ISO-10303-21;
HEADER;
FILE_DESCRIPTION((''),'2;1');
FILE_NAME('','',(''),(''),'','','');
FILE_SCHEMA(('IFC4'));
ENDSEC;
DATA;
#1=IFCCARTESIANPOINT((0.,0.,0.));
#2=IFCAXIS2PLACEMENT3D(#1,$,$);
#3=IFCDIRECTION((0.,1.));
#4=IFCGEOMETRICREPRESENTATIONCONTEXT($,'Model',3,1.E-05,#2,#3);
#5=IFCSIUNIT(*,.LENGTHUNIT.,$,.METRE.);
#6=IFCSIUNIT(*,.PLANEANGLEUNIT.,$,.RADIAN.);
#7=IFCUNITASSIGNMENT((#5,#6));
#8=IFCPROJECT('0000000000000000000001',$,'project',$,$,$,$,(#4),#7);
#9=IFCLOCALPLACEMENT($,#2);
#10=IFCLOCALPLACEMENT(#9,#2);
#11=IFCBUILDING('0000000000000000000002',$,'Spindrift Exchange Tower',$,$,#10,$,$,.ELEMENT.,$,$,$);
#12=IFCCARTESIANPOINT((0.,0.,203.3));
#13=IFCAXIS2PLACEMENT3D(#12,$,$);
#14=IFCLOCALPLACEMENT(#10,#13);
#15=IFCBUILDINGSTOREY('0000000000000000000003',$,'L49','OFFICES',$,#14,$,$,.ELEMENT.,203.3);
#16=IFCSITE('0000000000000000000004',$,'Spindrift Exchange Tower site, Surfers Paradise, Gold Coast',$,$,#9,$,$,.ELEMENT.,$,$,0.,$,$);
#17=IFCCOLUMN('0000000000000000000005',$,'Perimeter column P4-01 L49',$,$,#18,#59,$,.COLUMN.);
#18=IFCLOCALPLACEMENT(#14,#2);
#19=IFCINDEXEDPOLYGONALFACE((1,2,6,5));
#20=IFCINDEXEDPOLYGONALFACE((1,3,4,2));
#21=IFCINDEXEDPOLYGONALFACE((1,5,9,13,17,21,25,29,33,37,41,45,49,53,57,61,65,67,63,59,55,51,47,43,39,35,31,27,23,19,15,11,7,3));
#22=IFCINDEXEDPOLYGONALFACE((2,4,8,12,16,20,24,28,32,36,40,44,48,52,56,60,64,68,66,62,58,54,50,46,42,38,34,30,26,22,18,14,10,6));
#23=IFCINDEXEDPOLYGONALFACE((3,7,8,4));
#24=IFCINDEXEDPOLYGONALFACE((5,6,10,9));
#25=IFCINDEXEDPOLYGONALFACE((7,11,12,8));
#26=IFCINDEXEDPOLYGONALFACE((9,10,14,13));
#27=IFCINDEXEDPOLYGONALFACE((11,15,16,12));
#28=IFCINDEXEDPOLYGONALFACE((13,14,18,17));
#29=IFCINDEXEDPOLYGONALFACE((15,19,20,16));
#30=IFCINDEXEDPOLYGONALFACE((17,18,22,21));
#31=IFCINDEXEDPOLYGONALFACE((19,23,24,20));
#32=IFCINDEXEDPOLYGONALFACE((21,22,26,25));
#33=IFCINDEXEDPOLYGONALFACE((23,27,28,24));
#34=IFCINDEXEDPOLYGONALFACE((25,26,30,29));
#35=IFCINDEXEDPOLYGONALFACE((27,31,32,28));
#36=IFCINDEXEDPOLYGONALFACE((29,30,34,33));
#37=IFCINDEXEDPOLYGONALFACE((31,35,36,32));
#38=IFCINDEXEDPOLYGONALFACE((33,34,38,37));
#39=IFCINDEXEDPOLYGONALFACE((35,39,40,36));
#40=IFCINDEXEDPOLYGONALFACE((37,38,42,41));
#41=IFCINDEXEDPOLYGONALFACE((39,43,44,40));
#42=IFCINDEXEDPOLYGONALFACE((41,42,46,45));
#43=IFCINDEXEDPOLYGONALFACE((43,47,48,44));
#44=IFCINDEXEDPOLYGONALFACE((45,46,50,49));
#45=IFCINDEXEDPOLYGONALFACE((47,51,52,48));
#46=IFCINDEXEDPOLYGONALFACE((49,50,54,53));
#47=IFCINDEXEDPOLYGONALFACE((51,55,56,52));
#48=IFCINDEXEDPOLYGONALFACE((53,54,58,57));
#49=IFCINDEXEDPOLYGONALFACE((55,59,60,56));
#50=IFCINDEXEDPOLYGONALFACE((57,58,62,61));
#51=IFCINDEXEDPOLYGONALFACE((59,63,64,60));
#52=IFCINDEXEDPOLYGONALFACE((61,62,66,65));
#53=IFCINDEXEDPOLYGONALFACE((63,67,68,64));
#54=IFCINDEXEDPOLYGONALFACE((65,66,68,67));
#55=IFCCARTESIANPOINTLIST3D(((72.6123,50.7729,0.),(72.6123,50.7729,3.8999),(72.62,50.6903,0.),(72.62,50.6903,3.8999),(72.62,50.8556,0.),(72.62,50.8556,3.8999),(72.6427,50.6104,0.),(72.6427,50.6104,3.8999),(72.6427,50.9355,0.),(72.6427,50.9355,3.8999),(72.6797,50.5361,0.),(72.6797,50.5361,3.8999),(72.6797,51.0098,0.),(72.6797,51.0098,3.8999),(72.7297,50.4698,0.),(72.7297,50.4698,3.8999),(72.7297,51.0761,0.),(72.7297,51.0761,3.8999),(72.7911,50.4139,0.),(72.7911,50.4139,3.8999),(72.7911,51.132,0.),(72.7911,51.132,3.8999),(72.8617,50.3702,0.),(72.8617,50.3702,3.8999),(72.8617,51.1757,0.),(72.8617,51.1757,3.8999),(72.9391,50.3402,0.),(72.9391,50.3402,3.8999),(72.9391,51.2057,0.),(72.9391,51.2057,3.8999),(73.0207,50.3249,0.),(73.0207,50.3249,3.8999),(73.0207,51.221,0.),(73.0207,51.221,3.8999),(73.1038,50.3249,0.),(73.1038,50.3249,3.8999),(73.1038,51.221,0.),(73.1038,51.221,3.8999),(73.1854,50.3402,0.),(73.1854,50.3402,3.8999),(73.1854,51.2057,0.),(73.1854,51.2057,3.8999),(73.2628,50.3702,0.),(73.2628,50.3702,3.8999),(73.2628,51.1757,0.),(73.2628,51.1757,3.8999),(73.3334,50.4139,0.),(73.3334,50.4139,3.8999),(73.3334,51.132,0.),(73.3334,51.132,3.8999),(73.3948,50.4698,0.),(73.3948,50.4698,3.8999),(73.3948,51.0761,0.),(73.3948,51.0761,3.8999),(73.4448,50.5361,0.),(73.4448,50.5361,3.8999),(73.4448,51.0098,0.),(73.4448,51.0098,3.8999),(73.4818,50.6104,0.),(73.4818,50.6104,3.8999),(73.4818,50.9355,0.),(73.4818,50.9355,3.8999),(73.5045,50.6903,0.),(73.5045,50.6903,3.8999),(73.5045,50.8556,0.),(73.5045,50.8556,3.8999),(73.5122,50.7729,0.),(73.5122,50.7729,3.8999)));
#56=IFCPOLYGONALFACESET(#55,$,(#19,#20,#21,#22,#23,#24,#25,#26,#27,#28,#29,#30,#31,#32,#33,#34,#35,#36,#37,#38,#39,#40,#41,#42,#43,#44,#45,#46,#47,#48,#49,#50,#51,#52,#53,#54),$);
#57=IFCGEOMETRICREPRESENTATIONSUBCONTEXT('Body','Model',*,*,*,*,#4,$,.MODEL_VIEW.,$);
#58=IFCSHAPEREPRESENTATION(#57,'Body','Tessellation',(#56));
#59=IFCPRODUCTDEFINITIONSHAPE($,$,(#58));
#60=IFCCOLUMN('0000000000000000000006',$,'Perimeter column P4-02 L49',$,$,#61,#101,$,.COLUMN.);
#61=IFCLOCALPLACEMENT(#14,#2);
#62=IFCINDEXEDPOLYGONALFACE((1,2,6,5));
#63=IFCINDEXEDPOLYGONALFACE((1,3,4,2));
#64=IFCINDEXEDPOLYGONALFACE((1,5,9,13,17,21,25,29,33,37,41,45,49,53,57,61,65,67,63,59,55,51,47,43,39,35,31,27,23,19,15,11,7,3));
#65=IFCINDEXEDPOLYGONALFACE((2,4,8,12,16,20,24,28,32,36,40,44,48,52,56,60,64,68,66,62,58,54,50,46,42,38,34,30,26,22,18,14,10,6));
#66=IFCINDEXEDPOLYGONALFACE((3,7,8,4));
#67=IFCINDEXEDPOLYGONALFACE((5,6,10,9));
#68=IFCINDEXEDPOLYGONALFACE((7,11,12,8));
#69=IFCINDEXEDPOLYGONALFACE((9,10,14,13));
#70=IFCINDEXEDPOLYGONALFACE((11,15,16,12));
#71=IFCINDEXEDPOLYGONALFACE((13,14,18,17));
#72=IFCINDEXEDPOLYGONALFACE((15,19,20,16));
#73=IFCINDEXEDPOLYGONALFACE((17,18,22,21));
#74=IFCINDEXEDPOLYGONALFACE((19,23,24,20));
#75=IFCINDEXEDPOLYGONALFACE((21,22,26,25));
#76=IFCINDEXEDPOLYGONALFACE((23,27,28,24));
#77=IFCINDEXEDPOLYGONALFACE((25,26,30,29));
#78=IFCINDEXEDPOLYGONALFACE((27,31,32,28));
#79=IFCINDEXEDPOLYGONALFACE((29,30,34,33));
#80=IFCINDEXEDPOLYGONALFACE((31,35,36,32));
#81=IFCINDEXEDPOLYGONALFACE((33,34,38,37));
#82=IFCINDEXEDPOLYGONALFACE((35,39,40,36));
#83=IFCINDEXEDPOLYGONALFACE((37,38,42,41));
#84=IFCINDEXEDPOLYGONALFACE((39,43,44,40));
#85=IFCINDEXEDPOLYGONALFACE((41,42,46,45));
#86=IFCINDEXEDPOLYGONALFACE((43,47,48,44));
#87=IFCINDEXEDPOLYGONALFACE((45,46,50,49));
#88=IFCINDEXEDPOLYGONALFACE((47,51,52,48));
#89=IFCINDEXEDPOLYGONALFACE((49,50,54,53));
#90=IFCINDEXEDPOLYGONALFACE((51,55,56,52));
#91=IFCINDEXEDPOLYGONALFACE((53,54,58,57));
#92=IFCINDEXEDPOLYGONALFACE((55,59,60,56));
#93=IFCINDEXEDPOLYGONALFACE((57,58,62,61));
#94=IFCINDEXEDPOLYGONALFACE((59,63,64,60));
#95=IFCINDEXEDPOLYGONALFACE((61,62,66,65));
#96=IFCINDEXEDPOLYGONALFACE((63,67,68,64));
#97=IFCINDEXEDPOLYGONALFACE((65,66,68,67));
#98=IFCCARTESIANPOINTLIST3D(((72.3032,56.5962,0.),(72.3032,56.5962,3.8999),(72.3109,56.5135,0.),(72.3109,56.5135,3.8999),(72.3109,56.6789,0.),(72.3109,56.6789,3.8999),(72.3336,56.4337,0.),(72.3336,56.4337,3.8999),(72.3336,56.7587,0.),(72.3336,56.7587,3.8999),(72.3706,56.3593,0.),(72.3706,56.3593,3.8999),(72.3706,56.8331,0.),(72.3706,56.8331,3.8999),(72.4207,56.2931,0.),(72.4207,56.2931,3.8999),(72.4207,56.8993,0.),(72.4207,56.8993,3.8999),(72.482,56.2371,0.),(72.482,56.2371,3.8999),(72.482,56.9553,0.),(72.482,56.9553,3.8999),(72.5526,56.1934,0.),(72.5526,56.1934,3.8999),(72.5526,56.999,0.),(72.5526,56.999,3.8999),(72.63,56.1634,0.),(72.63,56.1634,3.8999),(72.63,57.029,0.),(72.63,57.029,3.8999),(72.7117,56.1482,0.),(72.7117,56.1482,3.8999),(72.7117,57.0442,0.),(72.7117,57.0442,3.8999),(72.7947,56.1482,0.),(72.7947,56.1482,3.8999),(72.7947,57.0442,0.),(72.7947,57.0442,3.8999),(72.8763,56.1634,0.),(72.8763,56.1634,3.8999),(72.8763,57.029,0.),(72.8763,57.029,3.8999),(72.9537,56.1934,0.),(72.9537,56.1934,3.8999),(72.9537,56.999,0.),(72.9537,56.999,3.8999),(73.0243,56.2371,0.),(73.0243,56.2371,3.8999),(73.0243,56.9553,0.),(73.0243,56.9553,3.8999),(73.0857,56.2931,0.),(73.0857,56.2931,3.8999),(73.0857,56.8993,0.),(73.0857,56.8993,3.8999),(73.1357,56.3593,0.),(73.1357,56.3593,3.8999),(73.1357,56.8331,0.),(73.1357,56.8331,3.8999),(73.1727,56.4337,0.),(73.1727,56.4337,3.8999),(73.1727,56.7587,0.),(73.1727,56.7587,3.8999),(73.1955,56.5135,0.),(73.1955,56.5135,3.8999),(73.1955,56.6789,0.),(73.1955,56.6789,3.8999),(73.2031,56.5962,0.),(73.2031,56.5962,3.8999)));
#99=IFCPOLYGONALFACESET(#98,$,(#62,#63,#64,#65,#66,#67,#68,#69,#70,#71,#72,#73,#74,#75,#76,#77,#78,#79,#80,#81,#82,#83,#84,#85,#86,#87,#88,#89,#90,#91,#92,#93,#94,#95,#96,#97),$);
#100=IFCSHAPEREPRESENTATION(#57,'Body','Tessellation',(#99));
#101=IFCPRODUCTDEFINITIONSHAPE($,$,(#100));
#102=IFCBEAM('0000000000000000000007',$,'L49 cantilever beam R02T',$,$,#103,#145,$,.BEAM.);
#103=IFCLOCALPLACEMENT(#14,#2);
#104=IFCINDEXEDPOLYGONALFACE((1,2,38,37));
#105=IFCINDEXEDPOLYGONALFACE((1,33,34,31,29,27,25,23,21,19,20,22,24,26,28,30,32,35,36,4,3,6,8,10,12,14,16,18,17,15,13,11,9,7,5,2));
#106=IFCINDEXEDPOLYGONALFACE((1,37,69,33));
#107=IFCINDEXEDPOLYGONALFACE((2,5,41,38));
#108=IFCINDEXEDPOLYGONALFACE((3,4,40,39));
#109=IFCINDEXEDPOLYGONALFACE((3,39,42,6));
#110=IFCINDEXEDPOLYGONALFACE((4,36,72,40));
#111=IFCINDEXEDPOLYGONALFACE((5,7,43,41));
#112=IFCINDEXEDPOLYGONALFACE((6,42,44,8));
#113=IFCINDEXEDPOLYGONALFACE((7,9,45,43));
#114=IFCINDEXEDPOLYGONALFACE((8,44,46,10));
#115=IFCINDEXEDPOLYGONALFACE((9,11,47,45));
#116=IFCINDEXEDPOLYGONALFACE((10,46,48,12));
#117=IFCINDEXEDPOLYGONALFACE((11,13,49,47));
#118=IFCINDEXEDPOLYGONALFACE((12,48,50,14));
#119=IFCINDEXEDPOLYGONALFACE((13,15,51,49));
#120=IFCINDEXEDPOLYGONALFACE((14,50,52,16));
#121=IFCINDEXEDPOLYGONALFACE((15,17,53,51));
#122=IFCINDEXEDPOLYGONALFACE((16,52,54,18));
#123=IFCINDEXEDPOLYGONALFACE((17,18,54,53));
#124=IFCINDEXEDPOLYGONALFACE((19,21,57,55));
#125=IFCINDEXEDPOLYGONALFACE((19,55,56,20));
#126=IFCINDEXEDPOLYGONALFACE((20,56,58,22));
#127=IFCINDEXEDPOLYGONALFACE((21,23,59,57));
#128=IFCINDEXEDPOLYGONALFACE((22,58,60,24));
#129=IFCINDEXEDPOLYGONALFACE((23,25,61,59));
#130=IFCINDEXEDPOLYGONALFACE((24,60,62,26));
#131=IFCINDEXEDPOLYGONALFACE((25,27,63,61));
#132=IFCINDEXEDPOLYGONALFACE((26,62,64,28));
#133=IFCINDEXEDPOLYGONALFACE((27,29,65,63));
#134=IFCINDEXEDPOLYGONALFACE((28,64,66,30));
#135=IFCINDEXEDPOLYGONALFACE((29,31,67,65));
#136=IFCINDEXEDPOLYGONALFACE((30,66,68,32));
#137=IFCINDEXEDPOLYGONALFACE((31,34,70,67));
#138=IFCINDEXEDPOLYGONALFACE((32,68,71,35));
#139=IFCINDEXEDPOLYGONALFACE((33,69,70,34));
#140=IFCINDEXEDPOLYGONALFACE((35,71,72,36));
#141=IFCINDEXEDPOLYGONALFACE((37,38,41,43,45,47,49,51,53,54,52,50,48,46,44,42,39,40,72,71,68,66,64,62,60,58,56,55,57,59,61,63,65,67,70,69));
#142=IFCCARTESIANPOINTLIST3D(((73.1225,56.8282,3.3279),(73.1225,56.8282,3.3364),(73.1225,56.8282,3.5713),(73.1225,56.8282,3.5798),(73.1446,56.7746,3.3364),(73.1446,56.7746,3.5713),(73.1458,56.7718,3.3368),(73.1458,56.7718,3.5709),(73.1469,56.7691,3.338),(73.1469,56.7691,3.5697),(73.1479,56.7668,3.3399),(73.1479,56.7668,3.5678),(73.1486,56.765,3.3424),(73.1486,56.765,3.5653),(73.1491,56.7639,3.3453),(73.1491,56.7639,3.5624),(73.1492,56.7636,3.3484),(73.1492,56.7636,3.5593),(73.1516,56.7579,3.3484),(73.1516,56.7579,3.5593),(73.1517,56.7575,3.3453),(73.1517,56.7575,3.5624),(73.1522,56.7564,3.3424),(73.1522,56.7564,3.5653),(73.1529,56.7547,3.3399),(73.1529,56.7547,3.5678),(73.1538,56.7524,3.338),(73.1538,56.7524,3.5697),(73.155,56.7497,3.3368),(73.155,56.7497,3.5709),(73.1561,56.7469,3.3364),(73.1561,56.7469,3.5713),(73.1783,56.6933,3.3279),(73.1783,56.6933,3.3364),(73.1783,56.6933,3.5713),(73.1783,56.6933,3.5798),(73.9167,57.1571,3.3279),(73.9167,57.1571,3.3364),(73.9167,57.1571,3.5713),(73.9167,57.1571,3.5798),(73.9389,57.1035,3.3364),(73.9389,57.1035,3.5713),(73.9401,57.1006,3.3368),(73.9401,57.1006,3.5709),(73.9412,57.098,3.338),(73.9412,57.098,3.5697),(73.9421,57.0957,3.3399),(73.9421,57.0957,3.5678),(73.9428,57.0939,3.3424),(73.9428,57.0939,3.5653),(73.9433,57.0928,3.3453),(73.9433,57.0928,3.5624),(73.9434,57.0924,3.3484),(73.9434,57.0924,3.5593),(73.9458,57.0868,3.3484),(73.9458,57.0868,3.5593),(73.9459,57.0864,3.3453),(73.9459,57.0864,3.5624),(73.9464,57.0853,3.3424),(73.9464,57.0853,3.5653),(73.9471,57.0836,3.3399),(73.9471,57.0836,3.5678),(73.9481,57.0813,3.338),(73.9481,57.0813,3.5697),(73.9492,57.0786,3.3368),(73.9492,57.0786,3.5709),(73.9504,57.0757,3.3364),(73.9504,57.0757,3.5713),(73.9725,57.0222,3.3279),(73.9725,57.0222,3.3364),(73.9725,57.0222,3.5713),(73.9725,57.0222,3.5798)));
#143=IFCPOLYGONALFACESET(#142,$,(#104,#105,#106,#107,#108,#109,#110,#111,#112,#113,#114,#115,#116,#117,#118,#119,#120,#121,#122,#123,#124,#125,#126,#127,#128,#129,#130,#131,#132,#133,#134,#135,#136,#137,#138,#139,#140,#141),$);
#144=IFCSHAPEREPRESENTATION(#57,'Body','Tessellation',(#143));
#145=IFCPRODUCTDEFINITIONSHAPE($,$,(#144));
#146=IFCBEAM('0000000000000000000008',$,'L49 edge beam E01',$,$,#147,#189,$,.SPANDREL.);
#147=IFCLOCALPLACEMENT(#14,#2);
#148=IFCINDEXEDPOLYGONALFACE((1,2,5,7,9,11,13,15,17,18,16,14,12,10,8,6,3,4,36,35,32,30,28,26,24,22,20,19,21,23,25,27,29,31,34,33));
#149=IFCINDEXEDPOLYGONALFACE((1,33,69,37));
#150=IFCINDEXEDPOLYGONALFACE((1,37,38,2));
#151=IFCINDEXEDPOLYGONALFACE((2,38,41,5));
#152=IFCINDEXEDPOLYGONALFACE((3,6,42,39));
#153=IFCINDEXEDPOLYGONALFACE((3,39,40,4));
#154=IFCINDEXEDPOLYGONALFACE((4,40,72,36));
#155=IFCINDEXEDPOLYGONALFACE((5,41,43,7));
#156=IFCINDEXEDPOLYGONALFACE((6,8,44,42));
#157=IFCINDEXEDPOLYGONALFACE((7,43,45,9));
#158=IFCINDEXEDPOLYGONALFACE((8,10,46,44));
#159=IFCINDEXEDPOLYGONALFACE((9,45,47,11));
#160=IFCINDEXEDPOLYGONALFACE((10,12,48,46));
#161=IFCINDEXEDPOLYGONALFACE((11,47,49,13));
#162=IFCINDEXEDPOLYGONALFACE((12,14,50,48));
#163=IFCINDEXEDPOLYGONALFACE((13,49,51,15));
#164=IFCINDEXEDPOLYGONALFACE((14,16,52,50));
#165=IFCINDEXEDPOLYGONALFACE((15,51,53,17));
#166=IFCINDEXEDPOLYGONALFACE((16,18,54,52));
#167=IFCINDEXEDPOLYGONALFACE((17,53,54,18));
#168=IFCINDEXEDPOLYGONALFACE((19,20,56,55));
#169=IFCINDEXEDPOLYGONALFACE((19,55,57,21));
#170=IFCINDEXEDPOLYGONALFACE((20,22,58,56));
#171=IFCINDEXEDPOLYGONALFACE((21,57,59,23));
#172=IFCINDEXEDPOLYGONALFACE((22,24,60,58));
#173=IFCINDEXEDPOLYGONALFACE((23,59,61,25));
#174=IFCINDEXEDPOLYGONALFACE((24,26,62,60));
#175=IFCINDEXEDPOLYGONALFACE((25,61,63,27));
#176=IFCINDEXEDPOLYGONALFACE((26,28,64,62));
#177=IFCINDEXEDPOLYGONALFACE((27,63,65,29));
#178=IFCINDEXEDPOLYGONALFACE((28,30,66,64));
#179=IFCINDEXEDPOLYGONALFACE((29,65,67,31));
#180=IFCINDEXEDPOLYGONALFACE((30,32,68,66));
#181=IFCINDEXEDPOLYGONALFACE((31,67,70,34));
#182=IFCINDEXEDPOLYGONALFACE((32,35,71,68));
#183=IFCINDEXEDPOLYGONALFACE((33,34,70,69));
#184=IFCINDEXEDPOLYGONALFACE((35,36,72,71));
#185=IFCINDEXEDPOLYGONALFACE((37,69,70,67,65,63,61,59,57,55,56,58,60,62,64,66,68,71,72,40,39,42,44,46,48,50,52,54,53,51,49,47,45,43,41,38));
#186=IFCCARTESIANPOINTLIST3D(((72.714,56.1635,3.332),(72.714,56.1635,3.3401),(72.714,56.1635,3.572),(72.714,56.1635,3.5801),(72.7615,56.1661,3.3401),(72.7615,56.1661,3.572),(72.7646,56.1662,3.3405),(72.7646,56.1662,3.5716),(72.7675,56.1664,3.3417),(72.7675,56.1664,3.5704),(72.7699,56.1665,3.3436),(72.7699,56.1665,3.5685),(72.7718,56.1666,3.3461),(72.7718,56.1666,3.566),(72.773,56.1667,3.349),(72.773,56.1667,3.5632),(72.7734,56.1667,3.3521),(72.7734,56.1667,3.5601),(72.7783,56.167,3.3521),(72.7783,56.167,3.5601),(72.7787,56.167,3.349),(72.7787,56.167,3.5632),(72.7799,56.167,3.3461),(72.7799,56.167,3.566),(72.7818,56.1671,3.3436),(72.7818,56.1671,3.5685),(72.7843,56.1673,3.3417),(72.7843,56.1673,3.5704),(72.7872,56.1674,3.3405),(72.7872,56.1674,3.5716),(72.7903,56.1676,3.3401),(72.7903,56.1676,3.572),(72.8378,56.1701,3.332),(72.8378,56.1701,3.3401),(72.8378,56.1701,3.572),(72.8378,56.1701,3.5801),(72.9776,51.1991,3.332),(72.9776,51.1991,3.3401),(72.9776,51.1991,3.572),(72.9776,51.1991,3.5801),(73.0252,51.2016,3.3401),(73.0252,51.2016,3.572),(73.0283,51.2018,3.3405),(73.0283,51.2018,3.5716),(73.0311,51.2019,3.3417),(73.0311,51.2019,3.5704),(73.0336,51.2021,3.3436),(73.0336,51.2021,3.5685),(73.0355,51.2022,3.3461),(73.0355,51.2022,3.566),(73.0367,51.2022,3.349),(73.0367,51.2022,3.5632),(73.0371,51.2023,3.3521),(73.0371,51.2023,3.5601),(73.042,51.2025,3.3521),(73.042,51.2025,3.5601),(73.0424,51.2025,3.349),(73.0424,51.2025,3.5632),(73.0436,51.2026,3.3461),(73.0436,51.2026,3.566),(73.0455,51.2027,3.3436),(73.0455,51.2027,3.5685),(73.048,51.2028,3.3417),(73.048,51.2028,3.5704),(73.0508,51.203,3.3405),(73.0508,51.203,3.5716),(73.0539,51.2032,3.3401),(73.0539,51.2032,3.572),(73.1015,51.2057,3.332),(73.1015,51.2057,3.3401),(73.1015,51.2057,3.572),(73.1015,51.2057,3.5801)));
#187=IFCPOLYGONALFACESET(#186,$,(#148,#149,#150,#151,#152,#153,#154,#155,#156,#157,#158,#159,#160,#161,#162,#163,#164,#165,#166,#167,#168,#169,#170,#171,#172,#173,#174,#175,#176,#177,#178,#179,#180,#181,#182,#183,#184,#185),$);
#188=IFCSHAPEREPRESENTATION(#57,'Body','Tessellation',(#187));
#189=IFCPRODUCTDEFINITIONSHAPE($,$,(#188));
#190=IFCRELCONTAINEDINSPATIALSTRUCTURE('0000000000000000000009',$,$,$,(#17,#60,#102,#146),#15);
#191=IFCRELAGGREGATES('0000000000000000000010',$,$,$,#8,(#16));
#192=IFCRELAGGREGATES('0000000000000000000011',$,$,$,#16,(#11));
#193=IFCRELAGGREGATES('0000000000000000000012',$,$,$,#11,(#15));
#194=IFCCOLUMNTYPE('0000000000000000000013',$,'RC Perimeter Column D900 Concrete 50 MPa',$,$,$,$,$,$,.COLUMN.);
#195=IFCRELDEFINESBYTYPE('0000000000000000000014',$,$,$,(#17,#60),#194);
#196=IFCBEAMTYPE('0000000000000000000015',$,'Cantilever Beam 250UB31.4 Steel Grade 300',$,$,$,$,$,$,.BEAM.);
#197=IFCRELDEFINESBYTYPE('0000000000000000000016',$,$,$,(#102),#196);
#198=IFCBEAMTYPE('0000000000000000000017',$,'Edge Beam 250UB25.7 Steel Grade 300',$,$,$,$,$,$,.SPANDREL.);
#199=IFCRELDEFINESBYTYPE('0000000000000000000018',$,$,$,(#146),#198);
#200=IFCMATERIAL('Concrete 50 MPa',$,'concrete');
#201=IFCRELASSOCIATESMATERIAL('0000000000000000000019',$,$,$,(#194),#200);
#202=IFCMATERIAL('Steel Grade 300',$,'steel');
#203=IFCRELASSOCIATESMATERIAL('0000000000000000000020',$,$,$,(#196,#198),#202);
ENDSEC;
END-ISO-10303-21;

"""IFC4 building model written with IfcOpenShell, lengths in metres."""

from ifc_helpers import new_model, si_unit, direction, frame, origin, origin_2d, place, context, subcontext, project, spatial, circle, i_section, extrude, source, transform, mapped, material, material_profile, profile_set, type_object, element, save


model = new_model("IFC4")

# Units and contexts
model_context = context("Model", 3, precision=1e-05, world=origin(), true_north=direction((0.0, 1.0)))
body_context = subcontext(model_context, "Body", "Model", "MODEL_VIEW")
ifc_project = project(units=[si_unit("LENGTHUNIT", "METRE"), si_unit("PLANEANGLEUNIT", "RADIAN")], contexts=[model_context])

# Site, building, storey
site_placement = place(None, origin())
site = spatial("IfcSite", under=ifc_project, at=site_placement, Name="Spindrift Exchange Tower site, Surfers Paradise, Gold Coast", CompositionType="ELEMENT", RefElevation=0.0)
building_placement = place(site_placement, origin())
building = spatial("IfcBuilding", under=site, at=building_placement, Name="Spindrift Exchange Tower", CompositionType="ELEMENT")
storey_placement = place(building_placement, frame((0.0, 0.0, 203.3)))
storey = spatial("IfcBuildingStorey", under=building, at=storey_placement, Name="L49", Description="OFFICES", CompositionType="ELEMENT", Elevation=203.3)

# Columns
ifc_material_1 = material(Name="Concrete 50 MPa", Category="concrete")
ifc_material_profile_1 = material_profile(ifc_material_1, circle(Radius=0.45, at=origin_2d()), Name="RC D900")
ifc_profile_set_1 = profile_set([ifc_material_profile_1], Name="Concrete 50 MPa")
column_type = type_object("IfcColumnType", Name="RC Perimeter Column D900 Concrete 50 MPa", PredefinedType="COLUMN", material=ifc_profile_set_1)
shared_shape_1 = source(origin(), body_context, "Body", "SweptSolid", [
    extrude(circle(Radius=0.45, at=origin_2d()), origin(), (0.0, 0.0, 1.0), 3.8999),
])
for number, where, z_axis, x_axis, name in (
    (1, (73.0623, 50.7729, 0.0), (0.0, 0.0, 1.0), (1.0, 0.0, 0.0), "Perimeter column P4-01 L49"),
    (2, (72.7532, 56.5962, 0.0), (0.0, 0.0, 1.0), (1.0, 0.0, 0.0), "Perimeter column P4-02 L49"),
):
    element("IfcColumn", number, at=place(storey_placement, frame(where, z_axis=z_axis, x_axis=x_axis)), inside=storey, type_object=column_type, Name=name, PredefinedType="COLUMN", context=body_context, shape_type="MappedRepresentation", body=[
        mapped(shared_shape_1, transform((0.0, 0.0, 0.0), scale=1.0)),
    ])

# Beams
ifc_material_2 = material(Name="Steel Grade 300", Category="steel")
ifc_material_profile_2 = material_profile(ifc_material_2, i_section(OverallWidth=0.146, OverallDepth=0.252, WebThickness=0.0061, FlangeThickness=0.0085, FilletRadius=0.012, at=origin_2d()), Name="250UB31.4")
ifc_profile_set_2 = profile_set([ifc_material_profile_2], Name="Steel Grade 300")
beam_type_1 = type_object("IfcBeamType", Name="Cantilever Beam 250UB31.4 Steel Grade 300", PredefinedType="BEAM", material=ifc_profile_set_2)
shared_shape_2 = source(origin(), body_context, "Body", "SweptSolid", [
    extrude(i_section(OverallWidth=0.146, OverallDepth=0.252, WebThickness=0.0061, FlangeThickness=0.0085, FilletRadius=0.012, at=origin_2d()), origin(), (0.0, 0.0, 1.0), 0.8596),
])
beam_1_placement = place(storey_placement, frame((73.1504, 56.7607, 3.4539), z_axis=(0.923923, 0.382578, 0.0), x_axis=(-0.382578, 0.923923, 0.0)))
element("IfcBeam", 3, at=beam_1_placement, inside=storey, type_object=beam_type_1, Name="L49 cantilever beam R02T", PredefinedType="BEAM", context=body_context, shape_type="MappedRepresentation", body=[
    mapped(shared_shape_2, transform((0.0, 0.0, 0.0), scale=1.0)),
])
ifc_material_profile_3 = material_profile(ifc_material_2, i_section(OverallWidth=0.124, OverallDepth=0.248, WebThickness=0.0049, FlangeThickness=0.0081, FilletRadius=0.012, at=origin_2d()), Name="250UB25.7")
ifc_profile_set_3 = profile_set([ifc_material_profile_3], Name="Steel Grade 300")
beam_type_2 = type_object("IfcBeamType", Name="Edge Beam 250UB25.7 Steel Grade 300", PredefinedType="SPANDREL", material=ifc_profile_set_3)
shared_shape_3 = source(origin(), body_context, "Body", "SweptSolid", [
    extrude(i_section(OverallWidth=0.124, OverallDepth=0.248, WebThickness=0.0049, FlangeThickness=0.0081, FilletRadius=0.012, at=origin_2d()), origin(), (0.0, 0.0, 1.0), 4.9714),
])
beam_2_placement = place(storey_placement, frame((73.0396, 51.2024, 3.4561), z_axis=(-0.053038, 0.998592, 0.0), x_axis=(-0.998592, -0.053038, 0.0)))
element("IfcBeam", 4, at=beam_2_placement, inside=storey, type_object=beam_type_2, Name="L49 edge beam E01", PredefinedType="SPANDREL", context=body_context, shape_type="MappedRepresentation", body=[
    mapped(shared_shape_3, transform((0.0, 0.0, 0.0), scale=1.0)),
])

save(model, "model.ifc")
